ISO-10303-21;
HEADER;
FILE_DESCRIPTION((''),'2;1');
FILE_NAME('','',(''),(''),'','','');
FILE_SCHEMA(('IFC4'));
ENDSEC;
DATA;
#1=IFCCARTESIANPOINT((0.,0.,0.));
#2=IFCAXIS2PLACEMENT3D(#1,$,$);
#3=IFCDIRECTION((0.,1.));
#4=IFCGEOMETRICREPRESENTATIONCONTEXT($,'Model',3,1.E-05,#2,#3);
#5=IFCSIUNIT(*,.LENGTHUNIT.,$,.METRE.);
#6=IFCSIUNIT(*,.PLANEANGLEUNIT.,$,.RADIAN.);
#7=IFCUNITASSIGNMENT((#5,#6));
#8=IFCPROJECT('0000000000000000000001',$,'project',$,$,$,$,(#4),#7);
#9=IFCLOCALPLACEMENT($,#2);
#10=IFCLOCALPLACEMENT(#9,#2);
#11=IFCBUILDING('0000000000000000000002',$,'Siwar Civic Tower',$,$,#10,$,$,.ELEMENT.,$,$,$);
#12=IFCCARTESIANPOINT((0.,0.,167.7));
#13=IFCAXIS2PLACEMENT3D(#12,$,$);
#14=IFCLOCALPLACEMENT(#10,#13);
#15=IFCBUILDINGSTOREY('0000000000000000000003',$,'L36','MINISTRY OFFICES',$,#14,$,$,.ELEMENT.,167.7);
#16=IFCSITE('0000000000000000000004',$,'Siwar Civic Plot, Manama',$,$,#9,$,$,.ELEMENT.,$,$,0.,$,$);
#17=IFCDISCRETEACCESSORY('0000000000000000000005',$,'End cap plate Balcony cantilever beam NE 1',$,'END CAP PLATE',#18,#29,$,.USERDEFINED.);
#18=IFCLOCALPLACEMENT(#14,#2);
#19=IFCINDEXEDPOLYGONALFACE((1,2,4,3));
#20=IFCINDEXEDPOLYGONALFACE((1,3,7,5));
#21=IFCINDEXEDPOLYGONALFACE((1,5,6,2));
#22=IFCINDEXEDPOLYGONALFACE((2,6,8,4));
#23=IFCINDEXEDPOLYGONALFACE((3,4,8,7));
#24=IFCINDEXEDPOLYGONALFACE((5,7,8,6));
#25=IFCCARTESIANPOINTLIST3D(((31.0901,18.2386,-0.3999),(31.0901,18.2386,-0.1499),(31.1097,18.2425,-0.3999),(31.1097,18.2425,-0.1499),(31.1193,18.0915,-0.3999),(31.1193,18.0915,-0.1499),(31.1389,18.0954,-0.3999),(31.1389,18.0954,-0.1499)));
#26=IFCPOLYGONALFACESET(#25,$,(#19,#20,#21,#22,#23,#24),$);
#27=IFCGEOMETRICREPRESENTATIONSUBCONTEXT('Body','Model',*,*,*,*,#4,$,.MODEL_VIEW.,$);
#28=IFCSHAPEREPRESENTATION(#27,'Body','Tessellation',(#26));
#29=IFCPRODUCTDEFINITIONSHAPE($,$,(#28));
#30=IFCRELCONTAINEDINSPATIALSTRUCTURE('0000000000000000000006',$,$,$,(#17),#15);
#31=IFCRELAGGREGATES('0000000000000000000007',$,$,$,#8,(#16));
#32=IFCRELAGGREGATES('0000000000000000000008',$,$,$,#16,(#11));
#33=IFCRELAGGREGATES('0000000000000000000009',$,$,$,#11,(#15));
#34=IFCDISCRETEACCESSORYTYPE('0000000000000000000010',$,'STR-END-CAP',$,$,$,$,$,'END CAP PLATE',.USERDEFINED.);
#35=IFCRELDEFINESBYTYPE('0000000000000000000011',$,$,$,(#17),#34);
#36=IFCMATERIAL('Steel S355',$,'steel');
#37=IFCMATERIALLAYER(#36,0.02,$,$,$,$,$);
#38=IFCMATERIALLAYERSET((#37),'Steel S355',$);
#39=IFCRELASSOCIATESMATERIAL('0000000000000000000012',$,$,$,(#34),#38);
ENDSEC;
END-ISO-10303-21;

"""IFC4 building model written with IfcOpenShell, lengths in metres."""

from ifc_helpers import new_model, si_unit, direction, frame, origin, origin_2d, place, context, subcontext, project, spatial, rectangle, extrude, material, layer, layer_set, type_object, element, save


model = new_model("IFC4")

# Units and contexts
model_context = context("Model", 3, precision=1e-05, world=origin(), true_north=direction((0.0, 1.0)))
body_context = subcontext(model_context, "Body", "Model", "MODEL_VIEW")
ifc_project = project(units=[si_unit("LENGTHUNIT", "METRE"), si_unit("PLANEANGLEUNIT", "RADIAN")], contexts=[model_context])

# Site, building, storey
site_placement = place(None, origin())
site = spatial("IfcSite", under=ifc_project, at=site_placement, Name="Siwar Civic Plot, Manama", CompositionType="ELEMENT", RefElevation=0.0)
building_placement = place(site_placement, origin())
building = spatial("IfcBuilding", under=site, at=building_placement, Name="Siwar Civic Tower", CompositionType="ELEMENT")
storey_placement = place(building_placement, frame((0.0, 0.0, 167.7)))
storey = spatial("IfcBuildingStorey", under=building, at=storey_placement, Name="L36", Description="MINISTRY OFFICES", CompositionType="ELEMENT", Elevation=167.7)

# Discrete accessory
ifc_material_1 = material(Name="Steel S355", Category="steel")
ifc_layer_1 = layer(ifc_material_1, 0.02)
ifc_layer_set_1 = layer_set([ifc_layer_1], Name="Steel S355")
discrete_accessory_type_1 = type_object("IfcDiscreteAccessoryType", Name="STR-END-CAP", ElementType="END CAP PLATE", PredefinedType="USERDEFINED", material=ifc_layer_set_1)
discrete_accessory_1_placement = place(storey_placement, frame((31.1145, 18.167, -0.3999), z_axis=(0.0, 0.0, 1.0), x_axis=(0.980785, 0.19509, 0.0)))
element("IfcDiscreteAccessory", 1, at=discrete_accessory_1_placement, inside=storey, type_object=discrete_accessory_type_1, Name="End cap plate Balcony cantilever beam NE 1", ObjectType="END CAP PLATE", PredefinedType="USERDEFINED", context=body_context, shape_type="SweptSolid", body=[
    extrude(rectangle(XDim=0.02, YDim=0.1499, at=origin_2d()), origin(), (0.0, 0.0, 1.0), 0.25),
])

save(model, "model.ifc")
